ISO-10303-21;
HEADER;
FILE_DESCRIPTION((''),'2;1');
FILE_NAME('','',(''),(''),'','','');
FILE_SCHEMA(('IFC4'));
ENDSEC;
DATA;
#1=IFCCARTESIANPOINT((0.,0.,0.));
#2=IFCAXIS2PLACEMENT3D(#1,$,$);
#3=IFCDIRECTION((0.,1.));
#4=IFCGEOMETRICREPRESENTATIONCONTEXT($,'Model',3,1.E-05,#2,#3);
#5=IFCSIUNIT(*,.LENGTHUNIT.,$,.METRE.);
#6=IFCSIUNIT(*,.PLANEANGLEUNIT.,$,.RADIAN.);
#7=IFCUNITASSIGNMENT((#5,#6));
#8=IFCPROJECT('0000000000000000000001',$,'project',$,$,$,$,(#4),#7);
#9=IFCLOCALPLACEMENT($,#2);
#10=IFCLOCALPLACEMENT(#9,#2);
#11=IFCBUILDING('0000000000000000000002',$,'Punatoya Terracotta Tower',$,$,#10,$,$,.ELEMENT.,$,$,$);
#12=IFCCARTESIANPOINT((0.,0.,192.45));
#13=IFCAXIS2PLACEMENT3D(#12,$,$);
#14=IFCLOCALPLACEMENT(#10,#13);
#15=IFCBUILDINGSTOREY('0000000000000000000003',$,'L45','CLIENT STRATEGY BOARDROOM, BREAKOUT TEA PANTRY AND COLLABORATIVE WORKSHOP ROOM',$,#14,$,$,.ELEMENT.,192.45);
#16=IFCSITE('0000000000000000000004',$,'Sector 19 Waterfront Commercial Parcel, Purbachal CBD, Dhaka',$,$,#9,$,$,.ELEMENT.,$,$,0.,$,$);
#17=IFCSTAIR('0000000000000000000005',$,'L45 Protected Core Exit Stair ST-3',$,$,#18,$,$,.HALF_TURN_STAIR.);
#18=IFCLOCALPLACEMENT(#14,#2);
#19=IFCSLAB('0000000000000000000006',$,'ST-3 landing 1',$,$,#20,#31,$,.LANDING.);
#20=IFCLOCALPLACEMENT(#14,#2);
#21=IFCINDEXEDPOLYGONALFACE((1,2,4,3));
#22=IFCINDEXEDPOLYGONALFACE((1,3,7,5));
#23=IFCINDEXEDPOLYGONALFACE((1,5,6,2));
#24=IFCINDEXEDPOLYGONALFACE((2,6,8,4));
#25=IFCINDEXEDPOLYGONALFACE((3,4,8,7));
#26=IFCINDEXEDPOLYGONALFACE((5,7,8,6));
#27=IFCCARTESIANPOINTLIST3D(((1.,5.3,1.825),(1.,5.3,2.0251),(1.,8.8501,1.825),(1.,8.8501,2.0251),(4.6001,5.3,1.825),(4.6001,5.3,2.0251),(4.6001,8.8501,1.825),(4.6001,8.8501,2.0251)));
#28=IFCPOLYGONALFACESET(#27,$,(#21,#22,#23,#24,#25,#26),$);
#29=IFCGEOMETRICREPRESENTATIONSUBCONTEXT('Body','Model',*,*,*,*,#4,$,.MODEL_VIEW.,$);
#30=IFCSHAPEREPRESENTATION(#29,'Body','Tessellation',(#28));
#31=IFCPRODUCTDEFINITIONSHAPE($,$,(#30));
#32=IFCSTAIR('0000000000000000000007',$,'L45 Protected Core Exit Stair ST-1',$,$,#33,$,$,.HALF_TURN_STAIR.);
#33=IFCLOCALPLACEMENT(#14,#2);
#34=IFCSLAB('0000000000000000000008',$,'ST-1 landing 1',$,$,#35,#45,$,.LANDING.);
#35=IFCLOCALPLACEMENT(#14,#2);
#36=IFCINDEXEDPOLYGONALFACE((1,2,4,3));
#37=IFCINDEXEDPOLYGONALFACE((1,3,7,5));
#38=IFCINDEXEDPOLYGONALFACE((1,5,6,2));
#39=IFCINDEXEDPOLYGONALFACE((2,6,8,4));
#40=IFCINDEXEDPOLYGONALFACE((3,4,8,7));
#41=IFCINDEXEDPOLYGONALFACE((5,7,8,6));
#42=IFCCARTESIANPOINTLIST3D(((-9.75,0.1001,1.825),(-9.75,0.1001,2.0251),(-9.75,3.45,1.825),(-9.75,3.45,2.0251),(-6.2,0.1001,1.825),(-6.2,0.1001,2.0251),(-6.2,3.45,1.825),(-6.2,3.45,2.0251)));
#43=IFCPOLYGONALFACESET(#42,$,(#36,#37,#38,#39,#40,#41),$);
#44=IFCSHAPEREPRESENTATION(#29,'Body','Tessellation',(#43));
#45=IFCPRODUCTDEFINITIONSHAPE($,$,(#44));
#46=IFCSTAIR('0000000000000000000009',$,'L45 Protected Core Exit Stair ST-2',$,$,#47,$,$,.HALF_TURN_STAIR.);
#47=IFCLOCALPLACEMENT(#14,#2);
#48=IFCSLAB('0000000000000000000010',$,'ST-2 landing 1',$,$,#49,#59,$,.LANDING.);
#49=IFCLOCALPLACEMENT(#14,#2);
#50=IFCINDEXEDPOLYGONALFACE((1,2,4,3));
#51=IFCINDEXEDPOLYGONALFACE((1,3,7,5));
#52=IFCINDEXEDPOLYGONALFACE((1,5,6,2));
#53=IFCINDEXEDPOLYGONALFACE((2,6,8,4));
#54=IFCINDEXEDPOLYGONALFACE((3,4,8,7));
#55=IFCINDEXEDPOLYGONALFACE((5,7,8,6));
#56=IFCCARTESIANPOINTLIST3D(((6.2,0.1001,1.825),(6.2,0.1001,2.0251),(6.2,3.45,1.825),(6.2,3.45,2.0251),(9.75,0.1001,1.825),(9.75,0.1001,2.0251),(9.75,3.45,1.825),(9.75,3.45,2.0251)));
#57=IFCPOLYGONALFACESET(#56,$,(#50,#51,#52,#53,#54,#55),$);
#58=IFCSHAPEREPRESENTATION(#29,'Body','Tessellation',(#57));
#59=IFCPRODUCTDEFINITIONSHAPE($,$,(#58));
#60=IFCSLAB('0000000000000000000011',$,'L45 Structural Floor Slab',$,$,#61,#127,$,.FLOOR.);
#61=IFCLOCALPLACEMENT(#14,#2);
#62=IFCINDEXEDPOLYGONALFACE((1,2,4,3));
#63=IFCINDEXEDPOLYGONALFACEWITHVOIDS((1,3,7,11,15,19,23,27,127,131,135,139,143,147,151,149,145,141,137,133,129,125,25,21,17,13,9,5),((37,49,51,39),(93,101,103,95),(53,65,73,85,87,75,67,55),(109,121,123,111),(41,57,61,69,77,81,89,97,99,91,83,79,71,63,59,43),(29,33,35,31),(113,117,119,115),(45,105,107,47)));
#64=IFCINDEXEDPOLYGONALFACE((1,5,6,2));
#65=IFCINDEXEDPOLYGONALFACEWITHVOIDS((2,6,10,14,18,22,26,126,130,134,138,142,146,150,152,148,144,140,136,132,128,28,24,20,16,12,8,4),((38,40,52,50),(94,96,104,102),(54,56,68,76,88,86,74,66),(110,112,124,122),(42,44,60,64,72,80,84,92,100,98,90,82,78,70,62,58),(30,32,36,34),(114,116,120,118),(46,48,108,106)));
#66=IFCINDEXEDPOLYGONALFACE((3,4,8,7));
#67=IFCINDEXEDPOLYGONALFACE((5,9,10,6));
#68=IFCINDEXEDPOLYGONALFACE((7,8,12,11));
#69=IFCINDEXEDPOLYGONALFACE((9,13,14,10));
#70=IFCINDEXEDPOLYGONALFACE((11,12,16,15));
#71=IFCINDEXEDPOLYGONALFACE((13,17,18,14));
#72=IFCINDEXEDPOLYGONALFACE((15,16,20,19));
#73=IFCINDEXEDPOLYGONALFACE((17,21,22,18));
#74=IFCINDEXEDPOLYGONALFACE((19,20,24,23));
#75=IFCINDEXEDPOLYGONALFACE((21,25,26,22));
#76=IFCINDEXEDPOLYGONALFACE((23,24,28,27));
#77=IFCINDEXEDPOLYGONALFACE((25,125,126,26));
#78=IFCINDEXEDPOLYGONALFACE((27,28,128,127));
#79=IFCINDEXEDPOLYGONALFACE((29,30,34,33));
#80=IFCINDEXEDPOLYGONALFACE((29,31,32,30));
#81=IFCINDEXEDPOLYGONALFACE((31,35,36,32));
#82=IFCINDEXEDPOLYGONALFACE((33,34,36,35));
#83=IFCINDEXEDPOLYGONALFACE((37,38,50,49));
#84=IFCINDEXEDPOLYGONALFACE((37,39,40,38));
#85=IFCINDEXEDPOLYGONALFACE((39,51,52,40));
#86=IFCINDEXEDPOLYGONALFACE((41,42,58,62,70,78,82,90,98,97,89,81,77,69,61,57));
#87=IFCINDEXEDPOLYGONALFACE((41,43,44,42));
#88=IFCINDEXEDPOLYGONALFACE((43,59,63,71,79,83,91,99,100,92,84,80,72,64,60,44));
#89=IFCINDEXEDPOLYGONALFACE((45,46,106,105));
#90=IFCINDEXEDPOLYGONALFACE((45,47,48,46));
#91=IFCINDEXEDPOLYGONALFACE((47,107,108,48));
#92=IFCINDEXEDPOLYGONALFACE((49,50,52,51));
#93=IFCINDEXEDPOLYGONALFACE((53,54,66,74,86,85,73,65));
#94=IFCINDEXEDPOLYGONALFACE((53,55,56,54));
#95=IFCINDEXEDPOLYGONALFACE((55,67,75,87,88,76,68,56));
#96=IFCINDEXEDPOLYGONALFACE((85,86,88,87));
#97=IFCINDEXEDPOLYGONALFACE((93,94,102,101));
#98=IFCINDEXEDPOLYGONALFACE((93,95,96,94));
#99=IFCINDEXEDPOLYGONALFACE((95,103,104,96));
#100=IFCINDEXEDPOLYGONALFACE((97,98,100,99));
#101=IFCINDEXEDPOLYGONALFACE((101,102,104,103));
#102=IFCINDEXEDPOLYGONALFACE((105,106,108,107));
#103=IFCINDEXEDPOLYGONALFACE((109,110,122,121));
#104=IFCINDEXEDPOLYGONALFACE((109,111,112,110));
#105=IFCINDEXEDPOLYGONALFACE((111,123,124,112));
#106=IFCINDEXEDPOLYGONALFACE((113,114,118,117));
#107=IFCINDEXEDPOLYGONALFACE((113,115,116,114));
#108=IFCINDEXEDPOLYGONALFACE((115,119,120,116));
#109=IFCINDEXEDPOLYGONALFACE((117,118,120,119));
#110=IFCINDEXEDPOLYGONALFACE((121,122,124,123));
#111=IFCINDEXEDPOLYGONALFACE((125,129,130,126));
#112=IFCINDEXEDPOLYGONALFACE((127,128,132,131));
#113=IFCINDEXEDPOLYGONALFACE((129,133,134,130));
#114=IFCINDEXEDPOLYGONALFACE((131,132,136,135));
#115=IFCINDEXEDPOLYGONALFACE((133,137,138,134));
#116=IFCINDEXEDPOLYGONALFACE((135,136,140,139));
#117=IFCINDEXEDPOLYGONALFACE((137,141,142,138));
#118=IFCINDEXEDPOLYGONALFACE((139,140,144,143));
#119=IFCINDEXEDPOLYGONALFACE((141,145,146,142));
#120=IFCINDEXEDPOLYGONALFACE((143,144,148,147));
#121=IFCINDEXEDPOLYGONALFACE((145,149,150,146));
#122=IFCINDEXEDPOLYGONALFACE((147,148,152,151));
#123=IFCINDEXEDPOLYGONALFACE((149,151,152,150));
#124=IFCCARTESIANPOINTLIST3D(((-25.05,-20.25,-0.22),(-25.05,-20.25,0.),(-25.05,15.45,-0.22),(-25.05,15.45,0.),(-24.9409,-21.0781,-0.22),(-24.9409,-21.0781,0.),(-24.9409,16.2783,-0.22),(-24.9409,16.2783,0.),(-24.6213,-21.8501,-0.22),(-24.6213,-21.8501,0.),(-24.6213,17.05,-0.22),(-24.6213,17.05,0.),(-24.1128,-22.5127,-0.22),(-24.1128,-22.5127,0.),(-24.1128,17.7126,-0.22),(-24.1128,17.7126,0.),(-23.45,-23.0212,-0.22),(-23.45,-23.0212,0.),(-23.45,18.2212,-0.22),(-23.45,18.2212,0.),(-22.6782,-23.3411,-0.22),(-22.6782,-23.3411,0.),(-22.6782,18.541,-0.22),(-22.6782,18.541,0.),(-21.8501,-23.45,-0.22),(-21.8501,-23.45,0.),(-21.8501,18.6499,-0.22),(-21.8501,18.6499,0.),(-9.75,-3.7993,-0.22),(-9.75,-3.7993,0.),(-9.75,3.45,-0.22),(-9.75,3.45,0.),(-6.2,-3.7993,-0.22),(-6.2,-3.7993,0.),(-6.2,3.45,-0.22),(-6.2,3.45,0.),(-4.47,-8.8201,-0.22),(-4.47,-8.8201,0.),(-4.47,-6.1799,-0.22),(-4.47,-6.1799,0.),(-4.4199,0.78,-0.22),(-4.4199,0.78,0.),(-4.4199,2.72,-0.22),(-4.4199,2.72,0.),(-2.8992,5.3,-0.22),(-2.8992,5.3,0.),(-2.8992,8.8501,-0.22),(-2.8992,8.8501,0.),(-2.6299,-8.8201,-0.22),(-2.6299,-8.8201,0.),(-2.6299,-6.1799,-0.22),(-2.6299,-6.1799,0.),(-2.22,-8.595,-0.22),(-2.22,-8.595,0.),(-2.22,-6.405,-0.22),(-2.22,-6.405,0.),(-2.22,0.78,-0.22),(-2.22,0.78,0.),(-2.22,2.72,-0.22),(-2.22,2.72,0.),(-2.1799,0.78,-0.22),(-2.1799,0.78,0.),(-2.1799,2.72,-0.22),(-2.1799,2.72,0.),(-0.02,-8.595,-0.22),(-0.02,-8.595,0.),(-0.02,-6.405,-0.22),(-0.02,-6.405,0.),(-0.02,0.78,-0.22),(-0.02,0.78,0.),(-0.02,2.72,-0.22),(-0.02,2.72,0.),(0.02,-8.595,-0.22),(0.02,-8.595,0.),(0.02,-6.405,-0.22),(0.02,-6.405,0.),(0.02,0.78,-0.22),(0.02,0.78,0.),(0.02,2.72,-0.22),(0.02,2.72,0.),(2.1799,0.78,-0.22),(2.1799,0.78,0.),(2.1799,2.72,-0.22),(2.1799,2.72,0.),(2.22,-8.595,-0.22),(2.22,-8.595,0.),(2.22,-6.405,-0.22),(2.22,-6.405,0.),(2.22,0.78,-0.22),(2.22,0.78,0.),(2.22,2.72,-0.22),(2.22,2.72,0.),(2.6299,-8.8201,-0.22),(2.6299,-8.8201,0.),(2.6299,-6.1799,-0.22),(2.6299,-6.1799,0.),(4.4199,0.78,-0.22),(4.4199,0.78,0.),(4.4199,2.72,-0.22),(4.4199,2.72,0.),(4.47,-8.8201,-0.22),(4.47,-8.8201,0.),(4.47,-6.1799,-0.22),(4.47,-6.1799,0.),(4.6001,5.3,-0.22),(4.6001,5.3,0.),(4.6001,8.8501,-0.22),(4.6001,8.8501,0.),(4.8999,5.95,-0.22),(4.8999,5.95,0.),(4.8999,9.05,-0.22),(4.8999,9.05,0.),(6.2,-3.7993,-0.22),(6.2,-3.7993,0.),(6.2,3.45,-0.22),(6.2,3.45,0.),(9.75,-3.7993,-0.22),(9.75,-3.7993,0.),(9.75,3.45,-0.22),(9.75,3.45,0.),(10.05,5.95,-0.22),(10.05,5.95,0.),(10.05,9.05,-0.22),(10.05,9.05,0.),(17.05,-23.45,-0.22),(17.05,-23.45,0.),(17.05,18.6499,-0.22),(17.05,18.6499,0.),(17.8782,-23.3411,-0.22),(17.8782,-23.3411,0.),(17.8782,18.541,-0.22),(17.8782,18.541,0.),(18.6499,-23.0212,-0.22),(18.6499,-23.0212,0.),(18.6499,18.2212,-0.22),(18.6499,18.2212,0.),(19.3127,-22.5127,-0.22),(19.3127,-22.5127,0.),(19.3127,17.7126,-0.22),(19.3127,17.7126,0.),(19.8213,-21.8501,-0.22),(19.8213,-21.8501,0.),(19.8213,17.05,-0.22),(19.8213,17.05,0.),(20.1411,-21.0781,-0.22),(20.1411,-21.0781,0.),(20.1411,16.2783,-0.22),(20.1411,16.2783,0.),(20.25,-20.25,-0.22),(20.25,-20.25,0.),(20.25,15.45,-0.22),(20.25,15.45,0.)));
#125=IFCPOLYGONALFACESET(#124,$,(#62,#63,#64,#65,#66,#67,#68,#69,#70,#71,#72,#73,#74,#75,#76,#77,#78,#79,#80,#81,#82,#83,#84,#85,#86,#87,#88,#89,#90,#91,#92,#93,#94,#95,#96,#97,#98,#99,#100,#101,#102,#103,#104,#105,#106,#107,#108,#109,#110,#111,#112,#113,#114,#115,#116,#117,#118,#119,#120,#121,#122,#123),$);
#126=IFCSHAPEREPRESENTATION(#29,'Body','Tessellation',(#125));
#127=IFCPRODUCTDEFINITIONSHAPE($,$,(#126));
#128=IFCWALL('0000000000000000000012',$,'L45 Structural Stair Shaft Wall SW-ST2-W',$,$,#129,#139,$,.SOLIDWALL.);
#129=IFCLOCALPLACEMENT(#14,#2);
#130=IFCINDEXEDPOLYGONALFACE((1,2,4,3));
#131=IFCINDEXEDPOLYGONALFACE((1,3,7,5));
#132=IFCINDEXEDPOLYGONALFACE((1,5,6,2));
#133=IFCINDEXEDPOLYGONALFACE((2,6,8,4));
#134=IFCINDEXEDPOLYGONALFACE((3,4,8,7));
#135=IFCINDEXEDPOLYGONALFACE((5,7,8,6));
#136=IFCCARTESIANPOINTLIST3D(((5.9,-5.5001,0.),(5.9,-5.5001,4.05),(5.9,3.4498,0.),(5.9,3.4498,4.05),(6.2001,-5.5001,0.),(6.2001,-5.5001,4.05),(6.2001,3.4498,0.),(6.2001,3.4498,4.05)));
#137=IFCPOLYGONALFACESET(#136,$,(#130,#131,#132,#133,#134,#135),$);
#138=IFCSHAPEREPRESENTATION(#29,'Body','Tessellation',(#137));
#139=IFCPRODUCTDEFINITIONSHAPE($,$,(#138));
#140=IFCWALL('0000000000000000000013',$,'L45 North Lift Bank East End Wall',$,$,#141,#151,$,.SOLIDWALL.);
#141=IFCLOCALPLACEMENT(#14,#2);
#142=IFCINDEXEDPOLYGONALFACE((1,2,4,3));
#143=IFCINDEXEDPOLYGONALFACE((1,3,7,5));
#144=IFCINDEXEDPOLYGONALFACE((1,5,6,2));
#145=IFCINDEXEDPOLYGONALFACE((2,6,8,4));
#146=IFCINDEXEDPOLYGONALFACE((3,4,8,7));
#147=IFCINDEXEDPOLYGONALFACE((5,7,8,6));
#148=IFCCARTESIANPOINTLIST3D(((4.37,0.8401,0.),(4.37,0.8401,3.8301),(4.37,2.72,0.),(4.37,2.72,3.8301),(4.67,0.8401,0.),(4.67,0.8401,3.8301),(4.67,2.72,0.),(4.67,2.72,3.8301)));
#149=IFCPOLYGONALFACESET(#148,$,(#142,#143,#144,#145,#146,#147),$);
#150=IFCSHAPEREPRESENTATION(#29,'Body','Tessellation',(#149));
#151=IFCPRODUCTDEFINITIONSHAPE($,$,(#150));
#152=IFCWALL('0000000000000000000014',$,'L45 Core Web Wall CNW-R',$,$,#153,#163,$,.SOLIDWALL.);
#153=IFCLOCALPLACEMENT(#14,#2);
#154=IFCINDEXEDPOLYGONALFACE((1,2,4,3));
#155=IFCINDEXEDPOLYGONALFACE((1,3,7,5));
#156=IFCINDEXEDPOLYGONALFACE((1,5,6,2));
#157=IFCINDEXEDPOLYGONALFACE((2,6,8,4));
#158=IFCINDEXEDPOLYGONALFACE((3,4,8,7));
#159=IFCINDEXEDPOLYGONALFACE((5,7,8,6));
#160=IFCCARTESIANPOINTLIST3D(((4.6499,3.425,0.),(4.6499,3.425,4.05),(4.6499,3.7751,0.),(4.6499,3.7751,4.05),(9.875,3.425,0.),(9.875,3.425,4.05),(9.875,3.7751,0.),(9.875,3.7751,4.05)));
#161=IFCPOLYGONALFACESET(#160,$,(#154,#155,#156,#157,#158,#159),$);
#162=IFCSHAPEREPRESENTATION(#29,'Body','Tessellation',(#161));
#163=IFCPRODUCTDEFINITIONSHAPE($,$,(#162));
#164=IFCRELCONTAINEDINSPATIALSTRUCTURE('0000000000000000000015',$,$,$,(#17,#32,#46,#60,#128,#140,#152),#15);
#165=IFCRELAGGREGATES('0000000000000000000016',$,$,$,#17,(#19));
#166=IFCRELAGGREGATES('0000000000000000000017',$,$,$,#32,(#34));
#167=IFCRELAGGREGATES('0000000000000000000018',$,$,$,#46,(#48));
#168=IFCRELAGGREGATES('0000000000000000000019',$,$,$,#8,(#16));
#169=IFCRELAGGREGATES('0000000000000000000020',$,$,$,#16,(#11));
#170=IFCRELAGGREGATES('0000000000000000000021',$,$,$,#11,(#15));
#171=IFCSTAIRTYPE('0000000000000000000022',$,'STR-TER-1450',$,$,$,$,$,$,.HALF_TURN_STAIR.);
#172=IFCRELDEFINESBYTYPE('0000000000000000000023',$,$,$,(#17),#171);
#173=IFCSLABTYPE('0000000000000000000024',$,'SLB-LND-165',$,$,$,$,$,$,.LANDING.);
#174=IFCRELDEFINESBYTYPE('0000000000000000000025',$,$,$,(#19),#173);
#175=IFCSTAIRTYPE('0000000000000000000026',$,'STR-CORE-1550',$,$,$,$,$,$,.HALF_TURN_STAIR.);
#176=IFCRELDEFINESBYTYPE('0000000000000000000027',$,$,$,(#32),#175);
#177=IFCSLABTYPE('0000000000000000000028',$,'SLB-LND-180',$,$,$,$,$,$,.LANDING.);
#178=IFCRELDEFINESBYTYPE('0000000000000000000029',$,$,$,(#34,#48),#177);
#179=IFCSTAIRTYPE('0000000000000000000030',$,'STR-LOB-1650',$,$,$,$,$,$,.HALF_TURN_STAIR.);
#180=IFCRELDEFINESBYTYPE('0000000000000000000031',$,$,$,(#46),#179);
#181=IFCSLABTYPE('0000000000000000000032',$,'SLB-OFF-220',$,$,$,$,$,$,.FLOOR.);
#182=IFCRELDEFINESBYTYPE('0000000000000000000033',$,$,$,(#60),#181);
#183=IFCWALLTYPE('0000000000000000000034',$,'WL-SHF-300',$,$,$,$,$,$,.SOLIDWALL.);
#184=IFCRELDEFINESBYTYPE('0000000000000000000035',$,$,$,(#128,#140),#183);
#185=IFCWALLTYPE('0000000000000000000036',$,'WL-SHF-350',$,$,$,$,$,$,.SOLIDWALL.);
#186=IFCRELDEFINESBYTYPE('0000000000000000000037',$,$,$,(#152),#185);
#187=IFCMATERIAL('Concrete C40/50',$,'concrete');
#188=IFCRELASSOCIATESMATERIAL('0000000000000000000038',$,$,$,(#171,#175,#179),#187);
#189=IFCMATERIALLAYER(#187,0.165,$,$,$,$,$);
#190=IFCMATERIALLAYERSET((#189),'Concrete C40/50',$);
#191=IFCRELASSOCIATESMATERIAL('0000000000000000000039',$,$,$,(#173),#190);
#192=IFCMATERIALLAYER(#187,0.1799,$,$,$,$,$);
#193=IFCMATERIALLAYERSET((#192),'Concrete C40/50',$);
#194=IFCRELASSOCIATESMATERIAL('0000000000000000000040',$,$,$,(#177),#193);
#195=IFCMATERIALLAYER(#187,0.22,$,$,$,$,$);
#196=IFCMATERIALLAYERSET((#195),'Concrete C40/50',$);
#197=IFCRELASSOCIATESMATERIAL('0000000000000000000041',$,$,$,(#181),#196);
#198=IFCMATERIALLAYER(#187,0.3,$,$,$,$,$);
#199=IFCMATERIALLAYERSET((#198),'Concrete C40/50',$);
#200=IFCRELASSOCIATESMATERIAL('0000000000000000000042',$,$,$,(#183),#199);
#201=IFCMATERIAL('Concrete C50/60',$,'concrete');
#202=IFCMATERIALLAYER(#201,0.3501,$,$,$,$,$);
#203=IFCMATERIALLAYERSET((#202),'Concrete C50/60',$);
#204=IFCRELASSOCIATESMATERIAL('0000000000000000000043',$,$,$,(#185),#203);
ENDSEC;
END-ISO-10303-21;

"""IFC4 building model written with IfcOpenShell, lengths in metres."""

from ifc_helpers import new_model, si_unit, direction, frame, frame_2d, origin, place, context, subcontext, project, spatial, polyline, rectangle, outline, extrude, material, layer, layer_set, type_object, element, aggregate, save


model = new_model("IFC4")

# Units and contexts
model_context = context("Model", 3, precision=1e-05, world=origin(), true_north=direction((0.0, 1.0)))
body_context = subcontext(model_context, "Body", "Model", "MODEL_VIEW")
ifc_project = project(units=[si_unit("LENGTHUNIT", "METRE"), si_unit("PLANEANGLEUNIT", "RADIAN")], contexts=[model_context])

# Site, building, storey
site_placement = place(None, origin())
site = spatial("IfcSite", under=ifc_project, at=site_placement, Name="Sector 19 Waterfront Commercial Parcel, Purbachal CBD, Dhaka", CompositionType="ELEMENT", RefElevation=0.0)
building_placement = place(site_placement, origin())
building = spatial("IfcBuilding", under=site, at=building_placement, Name="Punatoya Terracotta Tower", CompositionType="ELEMENT")
storey_placement = place(building_placement, frame((0.0, 0.0, 192.45)))
storey = spatial("IfcBuildingStorey", under=building, at=storey_placement, Name="L45", Description="CLIENT STRATEGY BOARDROOM, BREAKOUT TEA PANTRY AND COLLABORATIVE WORKSHOP ROOM", CompositionType="ELEMENT", Elevation=192.45)

# Stairs, slabs
ifc_material_1 = material(Name="Concrete C40/50", Category="concrete")
stair_type_1 = type_object("IfcStairType", Name="STR-TER-1450", PredefinedType="HALF_TURN_STAIR", material=ifc_material_1)
stair_1_placement = place(storey_placement, origin())
stair_1 = element("IfcStair", 1, at=stair_1_placement, inside=storey, type_object=stair_type_1, Name="L45 Protected Core Exit Stair ST-3", PredefinedType="HALF_TURN_STAIR")
ifc_layer_1 = layer(ifc_material_1, 0.165)
ifc_layer_set_1 = layer_set([ifc_layer_1], Name="Concrete C40/50")
slab_type_1 = type_object("IfcSlabType", Name="SLB-LND-165", PredefinedType="LANDING", material=ifc_layer_set_1)
slab_1_placement = place(storey_placement, frame((0.0, 0.0, 1.825)))
slab_1 = element("IfcSlab", 2, at=slab_1_placement, type_object=slab_type_1, Name="ST-3 landing 1", PredefinedType="LANDING", context=body_context, shape_type="SweptSolid", body=[
    extrude(outline(polyline([(1.0, 5.3), (4.6001, 5.3), (4.6001, 8.8501), (1.0, 8.8501), (1.0, 5.3)])), origin(), (0.0, 0.0, 1.0), 0.2002),
])
aggregate(stair_1, [slab_1])
stair_type_2 = type_object("IfcStairType", Name="STR-CORE-1550", PredefinedType="HALF_TURN_STAIR", material=ifc_material_1)
stair_2_placement = place(storey_placement, origin())
stair_2 = element("IfcStair", 3, at=stair_2_placement, inside=storey, type_object=stair_type_2, Name="L45 Protected Core Exit Stair ST-1", PredefinedType="HALF_TURN_STAIR")
ifc_layer_2 = layer(ifc_material_1, 0.1799)
ifc_layer_set_2 = layer_set([ifc_layer_2], Name="Concrete C40/50")
slab_type_2 = type_object("IfcSlabType", Name="SLB-LND-180", PredefinedType="LANDING", material=ifc_layer_set_2)
slab_2_placement = place(storey_placement, frame((0.0, 0.0, 1.825)))
slab_2 = element("IfcSlab", 4, at=slab_2_placement, type_object=slab_type_2, Name="ST-1 landing 1", PredefinedType="LANDING", context=body_context, shape_type="SweptSolid", body=[
    extrude(outline(polyline([(-6.2, 0.1001), (-6.2, 3.45), (-9.75, 3.45), (-9.75, 0.1001), (-6.2, 0.1001)])), origin(), (0.0, 0.0, 1.0), 0.2002),
])
aggregate(stair_2, [slab_2])
stair_type_3 = type_object("IfcStairType", Name="STR-LOB-1650", PredefinedType="HALF_TURN_STAIR", material=ifc_material_1)
stair_3_placement = place(storey_placement, origin())
stair_3 = element("IfcStair", 5, at=stair_3_placement, inside=storey, type_object=stair_type_3, Name="L45 Protected Core Exit Stair ST-2", PredefinedType="HALF_TURN_STAIR")
slab_3_placement = place(storey_placement, frame((0.0, 0.0, 1.825)))
slab_3 = element("IfcSlab", 6, at=slab_3_placement, type_object=slab_type_2, Name="ST-2 landing 1", PredefinedType="LANDING", context=body_context, shape_type="SweptSolid", body=[
    extrude(outline(polyline([(9.75, 0.1001), (9.75, 3.45), (6.2, 3.45), (6.2, 0.1001), (9.75, 0.1001)])), origin(), (0.0, 0.0, 1.0), 0.2002),
])

# Slab
ifc_layer_3 = layer(ifc_material_1, 0.22)
ifc_layer_set_3 = layer_set([ifc_layer_3], Name="Concrete C40/50")
slab_type_3 = type_object("IfcSlabType", Name="SLB-OFF-220", PredefinedType="FLOOR", material=ifc_layer_set_3)
slab_4_placement = place(storey_placement, frame((0.0, 0.0, -0.22)))
element("IfcSlab", 7, at=slab_4_placement, inside=storey, type_object=slab_type_3, Name="L45 Structural Floor Slab", PredefinedType="FLOOR", context=body_context, shape_type="SweptSolid", body=[
    extrude(outline(polyline([(-21.8501, -23.45), (-22.6782, -23.3411), (-23.45, -23.0212), (-24.1128, -22.5127), (-24.6213, -21.8501), (-24.9409, -21.0781), (-25.05, -20.25), (-25.05, 15.45), (-24.9409, 16.2783), (-24.6213, 17.05), (-24.1128, 17.7126), (-23.45, 18.2212), (-22.6782, 18.541), (-21.8501, 18.6499), (17.05, 18.6499), (17.8782, 18.541), (18.6499, 18.2212), (19.3127, 17.7126), (19.8213, 17.05), (20.1411, 16.2783), (20.25, 15.45), (20.25, -20.25), (20.1411, -21.0781), (19.8213, -21.8501), (19.3127, -22.5127), (18.6499, -23.0212), (17.8782, -23.3411), (17.05, -23.45), (-21.8501, -23.45)]), holes=[polyline([(-2.6299, -6.1799), (-4.47, -6.1799), (-4.47, -8.8201), (-2.6299, -8.8201), (-2.6299, -6.1799)]), polyline([(0.02, -8.595), (2.22, -8.595), (2.22, -6.405), (0.02, -6.405), (-0.02, -6.405), (-2.22, -6.405), (-2.22, -8.595), (-0.02, -8.595), (0.02, -8.595)]), polyline([(-6.2, 3.45), (-9.75, 3.45), (-9.75, -3.7993), (-6.2, -3.7993), (-6.2, 3.45)]), polyline([(-4.4199, 2.72), (-4.4199, 0.78), (-2.22, 0.78), (-2.1799, 0.78), (-0.02, 0.78), (0.02, 0.78), (2.1799, 0.78), (2.22, 0.78), (4.4199, 0.78), (4.4199, 2.72), (2.22, 2.72), (2.1799, 2.72), (0.02, 2.72), (-0.02, 2.72), (-2.1799, 2.72), (-2.22, 2.72), (-4.4199, 2.72)]), polyline([(4.6001, 5.3), (4.6001, 8.8501), (-2.8992, 8.8501), (-2.8992, 5.3), (4.6001, 5.3)]), polyline([(4.47, -8.8201), (4.47, -6.1799), (2.6299, -6.1799), (2.6299, -8.8201), (4.47, -8.8201)]), polyline([(9.75, 3.45), (6.2, 3.45), (6.2, -3.7993), (9.75, -3.7993), (9.75, 3.45)]), polyline([(10.05, 5.95), (10.05, 9.05), (4.8999, 9.05), (4.8999, 5.95), (10.05, 5.95)])]), origin(), (0.0, 0.0, 1.0), 0.22),
])

# Walls
ifc_layer_4 = layer(ifc_material_1, 0.3)
ifc_layer_set_4 = layer_set([ifc_layer_4], Name="Concrete C40/50")
wall_type_1 = type_object("IfcWallType", Name="WL-SHF-300", PredefinedType="SOLIDWALL", material=ifc_layer_set_4)
wall_1_placement = place(storey_placement, frame((6.05, 3.45, 0.0), z_axis=(0.0, 0.0, 1.0), x_axis=(0.0, -1.0, 0.0)))
element("IfcWall", 8, at=wall_1_placement, inside=storey, type_object=wall_type_1, Name="L45 Structural Stair Shaft Wall SW-ST2-W", PredefinedType="SOLIDWALL", context=body_context, shape_type="SweptSolid", body=[
    extrude(rectangle(XDim=8.95, YDim=0.3, at=frame_2d((4.4751, 0.0))), origin(), (0.0, 0.0, 1.0), 4.05),
])
wall_2_placement = place(storey_placement, frame((4.52, 0.8401, 0.0), z_axis=(0.0, 0.0, 1.0), x_axis=(0.0, 1.0, 0.0)))
element("IfcWall", 9, at=wall_2_placement, inside=storey, type_object=wall_type_1, Name="L45 North Lift Bank East End Wall", PredefinedType="SOLIDWALL", context=body_context, shape_type="SweptSolid", body=[
    extrude(rectangle(XDim=1.8799, YDim=0.3, at=frame_2d((0.9399, 0.0))), origin(), (0.0, 0.0, 1.0), 3.8301),
])
ifc_material_2 = material(Name="Concrete C50/60", Category="concrete")
ifc_layer_5 = layer(ifc_material_2, 0.3501)
ifc_layer_set_5 = layer_set([ifc_layer_5], Name="Concrete C50/60")
wall_type_2 = type_object("IfcWallType", Name="WL-SHF-350", PredefinedType="SOLIDWALL", material=ifc_layer_set_5)
wall_3_placement = place(storey_placement, frame((4.6499, 3.6001, 0.0), z_axis=(0.0, 0.0, 1.0), x_axis=(1.0, 0.0, 0.0)))
element("IfcWall", 10, at=wall_3_placement, inside=storey, type_object=wall_type_2, Name="L45 Core Web Wall CNW-R", PredefinedType="SOLIDWALL", context=body_context, shape_type="SweptSolid", body=[
    extrude(rectangle(XDim=5.2251, YDim=0.3501, at=frame_2d((2.6125, 0.0))), origin(), (0.0, 0.0, 1.0), 4.05),
])

aggregate(stair_3, [slab_3])

save(model, "model.ifc")
